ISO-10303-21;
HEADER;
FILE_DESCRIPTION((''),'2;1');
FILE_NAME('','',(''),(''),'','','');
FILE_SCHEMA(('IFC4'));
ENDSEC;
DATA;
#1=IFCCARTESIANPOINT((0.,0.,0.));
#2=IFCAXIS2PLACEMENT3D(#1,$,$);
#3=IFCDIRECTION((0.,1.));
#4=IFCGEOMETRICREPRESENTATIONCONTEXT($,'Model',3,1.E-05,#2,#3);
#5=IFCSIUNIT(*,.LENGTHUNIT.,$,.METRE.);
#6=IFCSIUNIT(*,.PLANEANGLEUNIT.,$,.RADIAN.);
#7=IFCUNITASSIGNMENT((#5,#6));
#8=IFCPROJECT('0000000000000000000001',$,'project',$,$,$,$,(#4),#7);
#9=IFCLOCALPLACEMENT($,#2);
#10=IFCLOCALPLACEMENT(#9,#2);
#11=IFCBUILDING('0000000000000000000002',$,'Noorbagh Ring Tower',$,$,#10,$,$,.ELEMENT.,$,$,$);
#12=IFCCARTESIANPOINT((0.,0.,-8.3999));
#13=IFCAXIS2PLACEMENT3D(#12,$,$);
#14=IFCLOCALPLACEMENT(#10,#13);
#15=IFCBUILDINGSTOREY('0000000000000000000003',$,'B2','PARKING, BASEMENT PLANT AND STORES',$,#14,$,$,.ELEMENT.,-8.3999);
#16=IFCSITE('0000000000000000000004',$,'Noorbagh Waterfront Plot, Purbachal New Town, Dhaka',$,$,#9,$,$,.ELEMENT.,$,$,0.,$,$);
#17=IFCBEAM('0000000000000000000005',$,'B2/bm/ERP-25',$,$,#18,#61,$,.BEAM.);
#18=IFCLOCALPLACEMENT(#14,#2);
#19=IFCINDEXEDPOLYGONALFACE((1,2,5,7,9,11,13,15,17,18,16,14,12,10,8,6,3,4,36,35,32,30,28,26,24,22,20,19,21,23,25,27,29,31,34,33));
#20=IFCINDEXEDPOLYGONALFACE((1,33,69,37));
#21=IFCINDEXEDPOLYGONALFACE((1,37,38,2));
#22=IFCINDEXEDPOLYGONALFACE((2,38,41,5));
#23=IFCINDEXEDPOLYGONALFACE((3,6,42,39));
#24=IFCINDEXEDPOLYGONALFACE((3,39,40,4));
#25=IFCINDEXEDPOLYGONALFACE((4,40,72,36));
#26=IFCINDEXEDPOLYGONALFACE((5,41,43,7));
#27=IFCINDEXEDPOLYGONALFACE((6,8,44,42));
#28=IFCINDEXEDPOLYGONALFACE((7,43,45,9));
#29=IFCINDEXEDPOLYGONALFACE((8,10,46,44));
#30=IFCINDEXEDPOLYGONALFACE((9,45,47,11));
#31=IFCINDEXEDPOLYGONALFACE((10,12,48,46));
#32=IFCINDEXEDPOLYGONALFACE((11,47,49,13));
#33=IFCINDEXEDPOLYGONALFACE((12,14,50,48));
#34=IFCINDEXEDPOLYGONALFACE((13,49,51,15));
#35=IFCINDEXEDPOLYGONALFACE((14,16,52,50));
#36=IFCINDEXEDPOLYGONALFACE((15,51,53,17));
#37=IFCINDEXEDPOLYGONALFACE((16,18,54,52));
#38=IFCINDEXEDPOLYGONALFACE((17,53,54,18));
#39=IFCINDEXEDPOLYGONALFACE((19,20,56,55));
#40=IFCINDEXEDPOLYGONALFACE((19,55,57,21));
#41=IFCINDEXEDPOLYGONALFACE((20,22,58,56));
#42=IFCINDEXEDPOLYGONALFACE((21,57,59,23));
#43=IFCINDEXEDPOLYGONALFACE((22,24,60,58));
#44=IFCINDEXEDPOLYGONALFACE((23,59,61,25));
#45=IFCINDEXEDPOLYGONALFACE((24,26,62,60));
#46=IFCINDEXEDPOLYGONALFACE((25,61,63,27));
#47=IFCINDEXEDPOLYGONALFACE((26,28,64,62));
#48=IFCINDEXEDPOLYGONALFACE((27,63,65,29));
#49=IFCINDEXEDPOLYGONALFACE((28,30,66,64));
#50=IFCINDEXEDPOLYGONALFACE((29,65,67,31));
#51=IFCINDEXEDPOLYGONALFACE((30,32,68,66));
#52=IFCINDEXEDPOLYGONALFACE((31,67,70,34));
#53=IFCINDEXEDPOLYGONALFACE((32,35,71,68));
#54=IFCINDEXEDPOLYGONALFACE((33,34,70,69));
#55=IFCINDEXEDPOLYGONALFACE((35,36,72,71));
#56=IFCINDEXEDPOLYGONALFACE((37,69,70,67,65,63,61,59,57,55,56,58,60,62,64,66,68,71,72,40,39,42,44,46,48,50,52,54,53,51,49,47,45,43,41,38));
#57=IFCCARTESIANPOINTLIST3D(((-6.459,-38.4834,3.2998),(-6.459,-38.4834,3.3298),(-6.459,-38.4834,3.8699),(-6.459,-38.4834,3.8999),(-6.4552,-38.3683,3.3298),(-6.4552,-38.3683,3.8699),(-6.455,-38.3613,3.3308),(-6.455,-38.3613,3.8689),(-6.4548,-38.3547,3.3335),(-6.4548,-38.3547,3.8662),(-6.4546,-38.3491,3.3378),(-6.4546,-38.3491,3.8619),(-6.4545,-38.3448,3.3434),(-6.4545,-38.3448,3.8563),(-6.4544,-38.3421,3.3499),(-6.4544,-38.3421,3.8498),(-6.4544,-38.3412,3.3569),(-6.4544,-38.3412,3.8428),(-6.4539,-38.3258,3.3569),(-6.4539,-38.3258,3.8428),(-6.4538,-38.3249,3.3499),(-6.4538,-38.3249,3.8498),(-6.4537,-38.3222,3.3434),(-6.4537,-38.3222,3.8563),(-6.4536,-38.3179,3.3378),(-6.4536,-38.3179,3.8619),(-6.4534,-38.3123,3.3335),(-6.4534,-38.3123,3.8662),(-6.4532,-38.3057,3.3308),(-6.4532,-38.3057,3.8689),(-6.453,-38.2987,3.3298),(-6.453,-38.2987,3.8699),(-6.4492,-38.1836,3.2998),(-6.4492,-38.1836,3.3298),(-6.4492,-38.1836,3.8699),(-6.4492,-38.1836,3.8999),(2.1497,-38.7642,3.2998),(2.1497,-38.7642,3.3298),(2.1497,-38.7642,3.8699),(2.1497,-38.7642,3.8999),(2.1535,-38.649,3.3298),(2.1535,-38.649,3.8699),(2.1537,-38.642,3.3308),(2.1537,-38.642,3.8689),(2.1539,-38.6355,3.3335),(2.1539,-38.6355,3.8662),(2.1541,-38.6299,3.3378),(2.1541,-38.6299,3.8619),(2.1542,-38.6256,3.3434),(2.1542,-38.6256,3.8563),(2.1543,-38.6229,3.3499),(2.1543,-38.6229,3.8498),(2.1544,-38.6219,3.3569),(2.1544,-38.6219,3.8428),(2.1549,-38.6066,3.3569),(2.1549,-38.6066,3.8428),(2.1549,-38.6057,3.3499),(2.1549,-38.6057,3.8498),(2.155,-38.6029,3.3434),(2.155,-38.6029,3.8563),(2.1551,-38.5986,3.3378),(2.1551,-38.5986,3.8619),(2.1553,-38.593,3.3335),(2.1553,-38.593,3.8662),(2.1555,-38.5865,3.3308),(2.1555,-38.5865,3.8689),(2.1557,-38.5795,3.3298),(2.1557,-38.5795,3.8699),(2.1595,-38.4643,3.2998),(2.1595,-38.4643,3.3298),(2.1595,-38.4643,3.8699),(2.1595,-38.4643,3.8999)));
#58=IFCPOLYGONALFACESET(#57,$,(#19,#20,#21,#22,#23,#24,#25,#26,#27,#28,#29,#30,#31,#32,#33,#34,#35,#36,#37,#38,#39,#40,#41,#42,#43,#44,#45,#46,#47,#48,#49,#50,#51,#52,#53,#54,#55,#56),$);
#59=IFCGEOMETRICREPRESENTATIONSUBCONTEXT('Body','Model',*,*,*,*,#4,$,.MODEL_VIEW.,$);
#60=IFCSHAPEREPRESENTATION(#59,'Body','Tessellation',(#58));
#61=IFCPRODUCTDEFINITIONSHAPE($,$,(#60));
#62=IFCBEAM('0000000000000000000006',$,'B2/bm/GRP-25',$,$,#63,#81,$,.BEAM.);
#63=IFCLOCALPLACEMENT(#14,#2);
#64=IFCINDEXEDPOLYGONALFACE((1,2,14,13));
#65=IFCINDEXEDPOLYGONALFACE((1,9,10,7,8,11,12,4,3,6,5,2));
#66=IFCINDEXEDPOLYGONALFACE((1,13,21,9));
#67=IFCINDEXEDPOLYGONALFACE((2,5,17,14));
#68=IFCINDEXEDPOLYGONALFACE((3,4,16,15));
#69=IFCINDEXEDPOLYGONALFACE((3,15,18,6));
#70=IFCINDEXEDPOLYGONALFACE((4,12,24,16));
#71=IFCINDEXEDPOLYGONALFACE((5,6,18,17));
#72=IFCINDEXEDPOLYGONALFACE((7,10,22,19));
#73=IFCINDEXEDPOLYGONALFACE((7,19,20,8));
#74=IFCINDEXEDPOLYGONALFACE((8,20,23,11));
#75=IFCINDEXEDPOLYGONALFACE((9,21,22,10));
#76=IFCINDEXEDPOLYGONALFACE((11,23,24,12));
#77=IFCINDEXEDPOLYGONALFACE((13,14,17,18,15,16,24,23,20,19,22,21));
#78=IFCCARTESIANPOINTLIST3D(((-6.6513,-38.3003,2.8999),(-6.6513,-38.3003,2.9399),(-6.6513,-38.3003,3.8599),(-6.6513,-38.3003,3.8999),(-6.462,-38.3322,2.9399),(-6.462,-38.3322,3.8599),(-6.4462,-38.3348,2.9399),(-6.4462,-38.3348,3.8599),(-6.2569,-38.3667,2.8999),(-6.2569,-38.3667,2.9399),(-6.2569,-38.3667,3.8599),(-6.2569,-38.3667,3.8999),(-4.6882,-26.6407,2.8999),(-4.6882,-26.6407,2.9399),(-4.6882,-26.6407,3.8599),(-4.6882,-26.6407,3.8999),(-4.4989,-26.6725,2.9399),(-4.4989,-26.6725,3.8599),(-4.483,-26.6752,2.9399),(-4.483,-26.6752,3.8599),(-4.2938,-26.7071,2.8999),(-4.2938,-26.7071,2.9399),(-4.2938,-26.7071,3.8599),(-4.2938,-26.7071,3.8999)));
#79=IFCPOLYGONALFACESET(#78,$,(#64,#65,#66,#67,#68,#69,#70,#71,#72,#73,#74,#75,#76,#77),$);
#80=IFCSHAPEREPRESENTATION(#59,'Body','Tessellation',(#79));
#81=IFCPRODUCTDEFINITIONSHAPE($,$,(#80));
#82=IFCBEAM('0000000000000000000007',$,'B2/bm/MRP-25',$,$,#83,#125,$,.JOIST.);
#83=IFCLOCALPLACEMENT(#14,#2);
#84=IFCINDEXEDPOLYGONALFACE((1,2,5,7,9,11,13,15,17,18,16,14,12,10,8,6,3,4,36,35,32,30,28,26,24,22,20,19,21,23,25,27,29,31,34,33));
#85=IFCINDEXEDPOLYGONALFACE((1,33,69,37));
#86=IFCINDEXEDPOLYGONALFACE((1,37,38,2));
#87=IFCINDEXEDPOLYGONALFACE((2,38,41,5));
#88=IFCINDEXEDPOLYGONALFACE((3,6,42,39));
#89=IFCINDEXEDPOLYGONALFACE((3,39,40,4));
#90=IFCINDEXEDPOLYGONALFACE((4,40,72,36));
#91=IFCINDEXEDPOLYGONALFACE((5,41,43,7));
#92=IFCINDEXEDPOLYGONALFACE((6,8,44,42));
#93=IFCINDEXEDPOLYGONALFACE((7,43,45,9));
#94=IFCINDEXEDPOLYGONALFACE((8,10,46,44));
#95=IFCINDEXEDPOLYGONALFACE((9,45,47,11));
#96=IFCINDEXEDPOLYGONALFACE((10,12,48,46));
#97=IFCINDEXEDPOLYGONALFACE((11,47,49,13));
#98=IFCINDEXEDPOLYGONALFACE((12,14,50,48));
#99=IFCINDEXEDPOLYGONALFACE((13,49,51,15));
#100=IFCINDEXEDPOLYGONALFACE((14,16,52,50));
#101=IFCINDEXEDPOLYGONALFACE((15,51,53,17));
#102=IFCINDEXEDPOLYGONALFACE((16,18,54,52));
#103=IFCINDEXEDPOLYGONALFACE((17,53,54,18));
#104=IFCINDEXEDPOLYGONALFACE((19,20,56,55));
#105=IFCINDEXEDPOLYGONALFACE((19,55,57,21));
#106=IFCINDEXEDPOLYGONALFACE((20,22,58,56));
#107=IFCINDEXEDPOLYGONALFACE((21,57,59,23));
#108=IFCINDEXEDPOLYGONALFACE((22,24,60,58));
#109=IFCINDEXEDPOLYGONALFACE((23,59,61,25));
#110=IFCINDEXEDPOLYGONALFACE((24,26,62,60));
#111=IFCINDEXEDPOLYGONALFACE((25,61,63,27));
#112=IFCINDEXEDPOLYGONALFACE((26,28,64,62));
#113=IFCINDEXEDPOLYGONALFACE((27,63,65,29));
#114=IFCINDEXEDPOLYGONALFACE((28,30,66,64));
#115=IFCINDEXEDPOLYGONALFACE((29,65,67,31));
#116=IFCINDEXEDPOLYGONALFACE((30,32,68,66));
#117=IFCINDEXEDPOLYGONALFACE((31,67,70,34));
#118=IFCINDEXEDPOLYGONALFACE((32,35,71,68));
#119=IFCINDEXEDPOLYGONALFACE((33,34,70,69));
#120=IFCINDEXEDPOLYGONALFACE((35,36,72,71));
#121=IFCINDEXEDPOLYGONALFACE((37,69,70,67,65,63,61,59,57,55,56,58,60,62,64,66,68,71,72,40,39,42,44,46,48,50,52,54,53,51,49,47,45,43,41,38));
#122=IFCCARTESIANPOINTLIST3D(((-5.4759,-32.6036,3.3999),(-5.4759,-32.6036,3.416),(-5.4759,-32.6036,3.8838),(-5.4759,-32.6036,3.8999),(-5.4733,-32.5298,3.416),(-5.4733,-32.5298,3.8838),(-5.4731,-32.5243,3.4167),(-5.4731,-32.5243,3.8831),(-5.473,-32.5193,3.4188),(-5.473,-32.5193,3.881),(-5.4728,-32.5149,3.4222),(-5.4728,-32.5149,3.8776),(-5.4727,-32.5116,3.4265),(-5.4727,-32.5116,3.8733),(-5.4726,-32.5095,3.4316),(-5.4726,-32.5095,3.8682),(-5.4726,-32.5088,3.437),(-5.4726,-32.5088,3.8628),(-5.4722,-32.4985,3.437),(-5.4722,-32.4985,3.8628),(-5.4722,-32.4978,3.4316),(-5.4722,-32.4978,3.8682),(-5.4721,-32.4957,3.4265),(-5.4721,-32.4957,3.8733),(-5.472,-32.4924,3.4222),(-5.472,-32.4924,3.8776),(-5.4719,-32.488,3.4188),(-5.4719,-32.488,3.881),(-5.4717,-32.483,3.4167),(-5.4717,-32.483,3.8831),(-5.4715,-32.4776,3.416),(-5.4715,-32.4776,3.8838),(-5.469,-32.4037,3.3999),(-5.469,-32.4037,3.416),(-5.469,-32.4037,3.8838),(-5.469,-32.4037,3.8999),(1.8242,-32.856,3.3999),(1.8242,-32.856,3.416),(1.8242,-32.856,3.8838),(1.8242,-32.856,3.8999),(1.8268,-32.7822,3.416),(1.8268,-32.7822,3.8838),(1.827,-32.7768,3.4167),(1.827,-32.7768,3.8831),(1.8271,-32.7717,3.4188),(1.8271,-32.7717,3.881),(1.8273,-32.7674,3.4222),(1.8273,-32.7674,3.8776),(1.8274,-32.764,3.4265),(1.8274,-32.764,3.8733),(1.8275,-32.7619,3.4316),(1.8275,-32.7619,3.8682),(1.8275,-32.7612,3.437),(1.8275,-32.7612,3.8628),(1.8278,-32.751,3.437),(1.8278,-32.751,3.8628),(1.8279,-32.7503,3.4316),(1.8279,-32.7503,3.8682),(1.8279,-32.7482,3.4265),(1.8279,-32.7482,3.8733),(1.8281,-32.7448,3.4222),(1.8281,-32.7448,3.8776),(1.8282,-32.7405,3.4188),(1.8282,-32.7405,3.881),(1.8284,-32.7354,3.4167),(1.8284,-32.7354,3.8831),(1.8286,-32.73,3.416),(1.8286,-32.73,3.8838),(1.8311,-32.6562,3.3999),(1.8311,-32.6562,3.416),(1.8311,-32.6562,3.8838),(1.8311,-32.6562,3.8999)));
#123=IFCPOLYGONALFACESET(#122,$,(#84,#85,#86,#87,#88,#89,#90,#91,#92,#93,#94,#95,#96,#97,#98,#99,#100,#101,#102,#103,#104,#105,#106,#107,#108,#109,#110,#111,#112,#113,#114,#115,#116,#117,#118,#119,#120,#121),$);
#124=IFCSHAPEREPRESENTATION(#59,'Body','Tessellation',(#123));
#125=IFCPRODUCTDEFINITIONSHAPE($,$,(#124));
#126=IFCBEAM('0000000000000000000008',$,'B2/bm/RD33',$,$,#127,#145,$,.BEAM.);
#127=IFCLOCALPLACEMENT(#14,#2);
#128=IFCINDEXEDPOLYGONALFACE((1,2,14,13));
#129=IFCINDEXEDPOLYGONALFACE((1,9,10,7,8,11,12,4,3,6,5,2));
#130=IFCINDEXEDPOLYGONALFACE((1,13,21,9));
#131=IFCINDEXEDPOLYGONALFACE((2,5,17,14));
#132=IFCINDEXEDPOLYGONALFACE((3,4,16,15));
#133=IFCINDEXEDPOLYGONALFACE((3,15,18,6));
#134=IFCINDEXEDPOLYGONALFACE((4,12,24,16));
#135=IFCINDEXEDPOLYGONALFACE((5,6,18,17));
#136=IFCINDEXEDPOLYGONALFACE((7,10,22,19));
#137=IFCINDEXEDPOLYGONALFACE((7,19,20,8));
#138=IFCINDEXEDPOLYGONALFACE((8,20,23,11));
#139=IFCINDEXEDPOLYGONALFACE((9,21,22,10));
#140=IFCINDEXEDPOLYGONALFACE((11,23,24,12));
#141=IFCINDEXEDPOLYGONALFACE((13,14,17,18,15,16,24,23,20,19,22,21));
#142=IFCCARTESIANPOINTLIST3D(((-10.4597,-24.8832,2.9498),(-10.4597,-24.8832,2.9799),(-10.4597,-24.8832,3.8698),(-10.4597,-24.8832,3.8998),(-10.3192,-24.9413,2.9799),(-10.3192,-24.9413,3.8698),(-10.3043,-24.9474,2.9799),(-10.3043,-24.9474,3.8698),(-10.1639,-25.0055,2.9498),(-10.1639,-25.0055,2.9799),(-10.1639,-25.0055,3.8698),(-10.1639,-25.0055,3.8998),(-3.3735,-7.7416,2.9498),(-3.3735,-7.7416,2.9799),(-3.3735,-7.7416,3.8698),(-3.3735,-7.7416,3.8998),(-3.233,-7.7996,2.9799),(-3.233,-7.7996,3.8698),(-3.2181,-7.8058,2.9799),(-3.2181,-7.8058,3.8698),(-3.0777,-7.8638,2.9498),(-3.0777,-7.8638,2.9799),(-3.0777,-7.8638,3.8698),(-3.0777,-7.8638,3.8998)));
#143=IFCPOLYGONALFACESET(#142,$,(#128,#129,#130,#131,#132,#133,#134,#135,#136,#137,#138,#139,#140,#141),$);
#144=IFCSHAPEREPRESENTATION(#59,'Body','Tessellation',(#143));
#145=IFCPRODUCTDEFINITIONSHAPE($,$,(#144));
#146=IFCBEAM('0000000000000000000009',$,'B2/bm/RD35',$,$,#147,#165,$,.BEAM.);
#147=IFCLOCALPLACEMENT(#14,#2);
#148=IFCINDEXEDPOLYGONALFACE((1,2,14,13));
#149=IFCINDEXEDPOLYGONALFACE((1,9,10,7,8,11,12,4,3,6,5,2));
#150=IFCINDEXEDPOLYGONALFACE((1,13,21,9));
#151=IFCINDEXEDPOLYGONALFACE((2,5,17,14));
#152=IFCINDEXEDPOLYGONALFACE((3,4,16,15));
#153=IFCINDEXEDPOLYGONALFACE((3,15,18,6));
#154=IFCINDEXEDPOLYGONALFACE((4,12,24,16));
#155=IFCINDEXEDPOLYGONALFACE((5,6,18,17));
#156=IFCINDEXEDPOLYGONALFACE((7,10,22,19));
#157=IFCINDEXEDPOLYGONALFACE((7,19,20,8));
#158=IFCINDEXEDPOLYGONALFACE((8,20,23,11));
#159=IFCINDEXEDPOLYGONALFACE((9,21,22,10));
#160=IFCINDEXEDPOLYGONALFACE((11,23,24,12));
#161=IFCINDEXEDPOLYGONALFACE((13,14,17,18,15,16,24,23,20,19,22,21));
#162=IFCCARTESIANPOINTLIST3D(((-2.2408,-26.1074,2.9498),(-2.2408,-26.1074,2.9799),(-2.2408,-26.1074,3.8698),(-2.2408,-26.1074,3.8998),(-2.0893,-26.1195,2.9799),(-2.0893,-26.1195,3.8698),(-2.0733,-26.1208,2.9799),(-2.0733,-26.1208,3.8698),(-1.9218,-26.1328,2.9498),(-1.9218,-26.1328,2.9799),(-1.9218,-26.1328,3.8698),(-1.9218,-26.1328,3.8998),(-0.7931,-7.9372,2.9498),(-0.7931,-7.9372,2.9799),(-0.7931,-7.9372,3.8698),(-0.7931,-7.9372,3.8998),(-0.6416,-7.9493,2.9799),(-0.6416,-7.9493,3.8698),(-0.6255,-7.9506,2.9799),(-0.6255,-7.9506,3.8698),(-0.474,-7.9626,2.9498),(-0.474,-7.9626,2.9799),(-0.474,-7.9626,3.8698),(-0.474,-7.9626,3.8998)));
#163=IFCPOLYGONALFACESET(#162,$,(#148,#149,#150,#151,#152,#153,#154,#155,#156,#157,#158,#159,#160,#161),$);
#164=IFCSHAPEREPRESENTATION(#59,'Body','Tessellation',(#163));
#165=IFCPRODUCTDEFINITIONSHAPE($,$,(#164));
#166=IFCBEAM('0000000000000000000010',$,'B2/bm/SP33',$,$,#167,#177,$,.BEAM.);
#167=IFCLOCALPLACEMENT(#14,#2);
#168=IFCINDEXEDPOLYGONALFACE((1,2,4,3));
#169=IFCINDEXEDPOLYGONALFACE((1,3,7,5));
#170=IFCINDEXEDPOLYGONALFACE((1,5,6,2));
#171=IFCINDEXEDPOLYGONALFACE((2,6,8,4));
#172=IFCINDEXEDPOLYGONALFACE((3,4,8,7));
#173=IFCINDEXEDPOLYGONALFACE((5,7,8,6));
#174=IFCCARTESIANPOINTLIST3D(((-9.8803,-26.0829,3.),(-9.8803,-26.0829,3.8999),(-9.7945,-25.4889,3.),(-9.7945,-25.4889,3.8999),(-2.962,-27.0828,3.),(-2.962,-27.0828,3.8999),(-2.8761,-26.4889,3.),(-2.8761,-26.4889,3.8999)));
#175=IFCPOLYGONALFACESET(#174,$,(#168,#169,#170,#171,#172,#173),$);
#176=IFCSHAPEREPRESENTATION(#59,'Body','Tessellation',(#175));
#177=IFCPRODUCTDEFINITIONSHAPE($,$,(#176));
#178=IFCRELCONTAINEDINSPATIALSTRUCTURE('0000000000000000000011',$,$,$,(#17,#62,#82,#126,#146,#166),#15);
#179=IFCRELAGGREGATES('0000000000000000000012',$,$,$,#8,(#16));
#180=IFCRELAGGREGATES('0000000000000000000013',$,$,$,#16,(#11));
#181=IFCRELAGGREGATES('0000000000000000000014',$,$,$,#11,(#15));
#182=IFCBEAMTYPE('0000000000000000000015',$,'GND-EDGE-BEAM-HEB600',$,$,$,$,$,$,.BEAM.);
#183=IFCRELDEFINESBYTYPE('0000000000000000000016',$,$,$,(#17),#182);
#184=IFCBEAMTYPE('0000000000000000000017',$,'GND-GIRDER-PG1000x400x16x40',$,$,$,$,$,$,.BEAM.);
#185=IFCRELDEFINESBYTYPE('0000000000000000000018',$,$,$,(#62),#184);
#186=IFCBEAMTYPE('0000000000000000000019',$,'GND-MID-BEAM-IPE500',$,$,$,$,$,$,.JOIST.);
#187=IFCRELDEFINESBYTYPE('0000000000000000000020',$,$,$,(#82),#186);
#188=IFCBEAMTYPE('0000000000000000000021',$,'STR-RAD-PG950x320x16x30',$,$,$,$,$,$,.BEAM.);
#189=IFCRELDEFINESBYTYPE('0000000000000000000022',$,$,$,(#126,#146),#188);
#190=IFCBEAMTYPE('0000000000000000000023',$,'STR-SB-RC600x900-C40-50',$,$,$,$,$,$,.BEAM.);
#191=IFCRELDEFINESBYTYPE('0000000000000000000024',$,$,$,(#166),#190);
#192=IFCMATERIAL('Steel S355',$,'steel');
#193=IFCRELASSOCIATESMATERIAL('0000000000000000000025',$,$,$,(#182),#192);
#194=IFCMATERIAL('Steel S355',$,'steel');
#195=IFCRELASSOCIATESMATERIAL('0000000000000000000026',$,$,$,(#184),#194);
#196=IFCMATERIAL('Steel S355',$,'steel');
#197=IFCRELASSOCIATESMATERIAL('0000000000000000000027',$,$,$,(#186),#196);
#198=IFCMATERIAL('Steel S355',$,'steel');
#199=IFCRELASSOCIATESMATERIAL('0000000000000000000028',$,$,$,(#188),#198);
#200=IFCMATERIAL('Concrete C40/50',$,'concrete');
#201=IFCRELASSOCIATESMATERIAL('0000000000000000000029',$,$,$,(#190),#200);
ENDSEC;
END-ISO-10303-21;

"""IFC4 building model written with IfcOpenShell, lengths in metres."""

from ifc_helpers import new_model, si_unit, direction, frame, origin, origin_2d, place, context, subcontext, project, spatial, rectangle, i_section, extrude, material, material_profile, profile_set, type_object, element, save


model = new_model("IFC4")

# Units and contexts
model_context = context("Model", 3, precision=1e-05, world=origin(), true_north=direction((0.0, 1.0)))
body_context = subcontext(model_context, "Body", "Model", "MODEL_VIEW")
ifc_project = project(units=[si_unit("LENGTHUNIT", "METRE"), si_unit("PLANEANGLEUNIT", "RADIAN")], contexts=[model_context])

# Site, building, storey
site_placement = place(None, origin())
site = spatial("IfcSite", under=ifc_project, at=site_placement, Name="Noorbagh Waterfront Plot, Purbachal New Town, Dhaka", CompositionType="ELEMENT", RefElevation=0.0)
building_placement = place(site_placement, origin())
building = spatial("IfcBuilding", under=site, at=building_placement, Name="Noorbagh Ring Tower", CompositionType="ELEMENT")
storey_placement = place(building_placement, frame((0.0, 0.0, -8.3999)))
storey = spatial("IfcBuildingStorey", under=building, at=storey_placement, Name="B2", Description="PARKING, BASEMENT PLANT AND STORES", CompositionType="ELEMENT", Elevation=-8.3999)

# Beams
ifc_material_1 = material(Name="Steel S355", Category="steel")
ifc_material_profile_1 = material_profile(ifc_material_1, i_section(OverallWidth=0.3, OverallDepth=0.6001, WebThickness=0.0154, FlangeThickness=0.03, FilletRadius=0.0271, at=origin_2d()), Name="HEB600")
ifc_profile_set_1 = profile_set([ifc_material_profile_1], Name="Steel S355")
beam_type_1 = type_object("IfcBeamType", Name="GND-EDGE-BEAM-HEB600", PredefinedType="BEAM", material=ifc_profile_set_1)
beam_1_placement = place(storey_placement, frame((-6.4541, -38.3335, 3.5999), z_axis=(0.999469, -0.032597, 0.0), x_axis=(0.032597, 0.999469, 0.0)))
element("IfcBeam", 1, at=beam_1_placement, inside=storey, type_object=beam_type_1, Name="B2/bm/ERP-25", PredefinedType="BEAM", context=body_context, shape_type="SweptSolid", body=[
    extrude(i_section(OverallWidth=0.3, OverallDepth=0.6001, WebThickness=0.0154, FlangeThickness=0.03, FilletRadius=0.0271, at=origin_2d()), origin(), (0.0, 0.0, 1.0), 8.6133),
])
ifc_material_2 = material(Name="Steel S355", Category="steel")
ifc_material_profile_2 = material_profile(ifc_material_2, i_section(OverallWidth=0.3999, OverallDepth=1.0, WebThickness=0.0161, FlangeThickness=0.04, at=origin_2d()), Name="PG1000x400x16x40")
ifc_profile_set_2 = profile_set([ifc_material_profile_2], Name="Steel S355")
beam_type_2 = type_object("IfcBeamType", Name="GND-GIRDER-PG1000x400x16x40", PredefinedType="BEAM", material=ifc_profile_set_2)
beam_2_placement = place(storey_placement, frame((-6.4541, -38.3335, 3.3999), z_axis=(0.166033, 0.98612, 0.0), x_axis=(-0.98612, 0.166033, 0.0)))
element("IfcBeam", 2, at=beam_2_placement, inside=storey, type_object=beam_type_2, Name="B2/bm/GRP-25", PredefinedType="BEAM", context=body_context, shape_type="SweptSolid", body=[
    extrude(i_section(OverallWidth=0.3999, OverallDepth=1.0, WebThickness=0.0161, FlangeThickness=0.04, at=origin_2d()), origin(), (0.0, 0.0, 1.0), 11.8237),
])
ifc_material_3 = material(Name="Steel S355", Category="steel")
ifc_material_profile_3 = material_profile(ifc_material_3, i_section(OverallWidth=0.2, OverallDepth=0.5, WebThickness=0.0103, FlangeThickness=0.0161, FilletRadius=0.021, at=origin_2d()), Name="IPE500")
ifc_profile_set_3 = profile_set([ifc_material_profile_3], Name="Steel S355")
beam_type_3 = type_object("IfcBeamType", Name="GND-MID-BEAM-IPE500", PredefinedType="JOIST", material=ifc_profile_set_3)
beam_3_placement = place(storey_placement, frame((-5.4724, -32.5037, 3.6499), z_axis=(0.999403, -0.03456, 0.0), x_axis=(0.03456, 0.999403, 0.0)))
element("IfcBeam", 3, at=beam_3_placement, inside=storey, type_object=beam_type_3, Name="B2/bm/MRP-25", PredefinedType="JOIST", context=body_context, shape_type="SweptSolid", body=[
    extrude(i_section(OverallWidth=0.2, OverallDepth=0.5, WebThickness=0.0103, FlangeThickness=0.0161, FilletRadius=0.021, at=origin_2d()), origin(), (0.0, 0.0, 1.0), 7.3044),
])
ifc_material_4 = material(Name="Steel S355", Category="steel")
ifc_material_profile_4 = material_profile(ifc_material_4, i_section(OverallWidth=0.3201, OverallDepth=0.95, WebThickness=0.0161, FlangeThickness=0.03, at=origin_2d()), Name="PG950x320x16x30")
ifc_profile_set_4 = profile_set([ifc_material_profile_4], Name="Steel S355")
beam_type_4 = type_object("IfcBeamType", Name="STR-RAD-PG950x320x16x30", PredefinedType="BEAM", material=ifc_profile_set_4)
beam_4_placement = place(storey_placement, frame((-10.3118, -24.9443, 3.4248), z_axis=(0.382034, 0.924148, 0.0), x_axis=(-0.924148, 0.382034, 0.0)))
element("IfcBeam", 4, at=beam_4_placement, inside=storey, type_object=beam_type_4, Name="B2/bm/RD33", PredefinedType="BEAM", context=body_context, shape_type="SweptSolid", body=[
    extrude(i_section(OverallWidth=0.3201, OverallDepth=0.95, WebThickness=0.0161, FlangeThickness=0.03, at=origin_2d()), origin(), (0.0, 0.0, 1.0), 18.5486),
])
beam_5_placement = place(storey_placement, frame((-2.0813, -26.1201, 3.4248), z_axis=(0.079426, 0.996841, 0.0), x_axis=(-0.996841, 0.079426, 0.0)))
element("IfcBeam", 5, at=beam_5_placement, inside=storey, type_object=beam_type_4, Name="B2/bm/RD35", PredefinedType="BEAM", context=body_context, shape_type="SweptSolid", body=[
    extrude(i_section(OverallWidth=0.3201, OverallDepth=0.95, WebThickness=0.0161, FlangeThickness=0.03, at=origin_2d()), origin(), (0.0, 0.0, 1.0), 18.2278),
])
ifc_material_5 = material(Name="Concrete C40/50", Category="concrete")
ifc_material_profile_5 = material_profile(ifc_material_5, rectangle(XDim=0.6001, YDim=0.8999, at=origin_2d()), Name="RC600x900")
ifc_profile_set_5 = profile_set([ifc_material_profile_5], Name="Concrete C40/50")
beam_type_5 = type_object("IfcBeamType", Name="STR-SB-RC600x900-C40-50", PredefinedType="BEAM", material=ifc_profile_set_5)
beam_6_placement = place(storey_placement, frame((-9.8374, -25.7859, 3.45), z_axis=(0.989715, -0.143054, 0.0), x_axis=(0.143054, 0.989715, 0.0)))
element("IfcBeam", 6, at=beam_6_placement, inside=storey, type_object=beam_type_5, Name="B2/bm/SP33", PredefinedType="BEAM", context=body_context, shape_type="SweptSolid", body=[
    extrude(rectangle(XDim=0.6001, YDim=0.8999, at=origin_2d()), origin(), (0.0, 0.0, 1.0), 6.9902),
])

save(model, "model.ifc")
